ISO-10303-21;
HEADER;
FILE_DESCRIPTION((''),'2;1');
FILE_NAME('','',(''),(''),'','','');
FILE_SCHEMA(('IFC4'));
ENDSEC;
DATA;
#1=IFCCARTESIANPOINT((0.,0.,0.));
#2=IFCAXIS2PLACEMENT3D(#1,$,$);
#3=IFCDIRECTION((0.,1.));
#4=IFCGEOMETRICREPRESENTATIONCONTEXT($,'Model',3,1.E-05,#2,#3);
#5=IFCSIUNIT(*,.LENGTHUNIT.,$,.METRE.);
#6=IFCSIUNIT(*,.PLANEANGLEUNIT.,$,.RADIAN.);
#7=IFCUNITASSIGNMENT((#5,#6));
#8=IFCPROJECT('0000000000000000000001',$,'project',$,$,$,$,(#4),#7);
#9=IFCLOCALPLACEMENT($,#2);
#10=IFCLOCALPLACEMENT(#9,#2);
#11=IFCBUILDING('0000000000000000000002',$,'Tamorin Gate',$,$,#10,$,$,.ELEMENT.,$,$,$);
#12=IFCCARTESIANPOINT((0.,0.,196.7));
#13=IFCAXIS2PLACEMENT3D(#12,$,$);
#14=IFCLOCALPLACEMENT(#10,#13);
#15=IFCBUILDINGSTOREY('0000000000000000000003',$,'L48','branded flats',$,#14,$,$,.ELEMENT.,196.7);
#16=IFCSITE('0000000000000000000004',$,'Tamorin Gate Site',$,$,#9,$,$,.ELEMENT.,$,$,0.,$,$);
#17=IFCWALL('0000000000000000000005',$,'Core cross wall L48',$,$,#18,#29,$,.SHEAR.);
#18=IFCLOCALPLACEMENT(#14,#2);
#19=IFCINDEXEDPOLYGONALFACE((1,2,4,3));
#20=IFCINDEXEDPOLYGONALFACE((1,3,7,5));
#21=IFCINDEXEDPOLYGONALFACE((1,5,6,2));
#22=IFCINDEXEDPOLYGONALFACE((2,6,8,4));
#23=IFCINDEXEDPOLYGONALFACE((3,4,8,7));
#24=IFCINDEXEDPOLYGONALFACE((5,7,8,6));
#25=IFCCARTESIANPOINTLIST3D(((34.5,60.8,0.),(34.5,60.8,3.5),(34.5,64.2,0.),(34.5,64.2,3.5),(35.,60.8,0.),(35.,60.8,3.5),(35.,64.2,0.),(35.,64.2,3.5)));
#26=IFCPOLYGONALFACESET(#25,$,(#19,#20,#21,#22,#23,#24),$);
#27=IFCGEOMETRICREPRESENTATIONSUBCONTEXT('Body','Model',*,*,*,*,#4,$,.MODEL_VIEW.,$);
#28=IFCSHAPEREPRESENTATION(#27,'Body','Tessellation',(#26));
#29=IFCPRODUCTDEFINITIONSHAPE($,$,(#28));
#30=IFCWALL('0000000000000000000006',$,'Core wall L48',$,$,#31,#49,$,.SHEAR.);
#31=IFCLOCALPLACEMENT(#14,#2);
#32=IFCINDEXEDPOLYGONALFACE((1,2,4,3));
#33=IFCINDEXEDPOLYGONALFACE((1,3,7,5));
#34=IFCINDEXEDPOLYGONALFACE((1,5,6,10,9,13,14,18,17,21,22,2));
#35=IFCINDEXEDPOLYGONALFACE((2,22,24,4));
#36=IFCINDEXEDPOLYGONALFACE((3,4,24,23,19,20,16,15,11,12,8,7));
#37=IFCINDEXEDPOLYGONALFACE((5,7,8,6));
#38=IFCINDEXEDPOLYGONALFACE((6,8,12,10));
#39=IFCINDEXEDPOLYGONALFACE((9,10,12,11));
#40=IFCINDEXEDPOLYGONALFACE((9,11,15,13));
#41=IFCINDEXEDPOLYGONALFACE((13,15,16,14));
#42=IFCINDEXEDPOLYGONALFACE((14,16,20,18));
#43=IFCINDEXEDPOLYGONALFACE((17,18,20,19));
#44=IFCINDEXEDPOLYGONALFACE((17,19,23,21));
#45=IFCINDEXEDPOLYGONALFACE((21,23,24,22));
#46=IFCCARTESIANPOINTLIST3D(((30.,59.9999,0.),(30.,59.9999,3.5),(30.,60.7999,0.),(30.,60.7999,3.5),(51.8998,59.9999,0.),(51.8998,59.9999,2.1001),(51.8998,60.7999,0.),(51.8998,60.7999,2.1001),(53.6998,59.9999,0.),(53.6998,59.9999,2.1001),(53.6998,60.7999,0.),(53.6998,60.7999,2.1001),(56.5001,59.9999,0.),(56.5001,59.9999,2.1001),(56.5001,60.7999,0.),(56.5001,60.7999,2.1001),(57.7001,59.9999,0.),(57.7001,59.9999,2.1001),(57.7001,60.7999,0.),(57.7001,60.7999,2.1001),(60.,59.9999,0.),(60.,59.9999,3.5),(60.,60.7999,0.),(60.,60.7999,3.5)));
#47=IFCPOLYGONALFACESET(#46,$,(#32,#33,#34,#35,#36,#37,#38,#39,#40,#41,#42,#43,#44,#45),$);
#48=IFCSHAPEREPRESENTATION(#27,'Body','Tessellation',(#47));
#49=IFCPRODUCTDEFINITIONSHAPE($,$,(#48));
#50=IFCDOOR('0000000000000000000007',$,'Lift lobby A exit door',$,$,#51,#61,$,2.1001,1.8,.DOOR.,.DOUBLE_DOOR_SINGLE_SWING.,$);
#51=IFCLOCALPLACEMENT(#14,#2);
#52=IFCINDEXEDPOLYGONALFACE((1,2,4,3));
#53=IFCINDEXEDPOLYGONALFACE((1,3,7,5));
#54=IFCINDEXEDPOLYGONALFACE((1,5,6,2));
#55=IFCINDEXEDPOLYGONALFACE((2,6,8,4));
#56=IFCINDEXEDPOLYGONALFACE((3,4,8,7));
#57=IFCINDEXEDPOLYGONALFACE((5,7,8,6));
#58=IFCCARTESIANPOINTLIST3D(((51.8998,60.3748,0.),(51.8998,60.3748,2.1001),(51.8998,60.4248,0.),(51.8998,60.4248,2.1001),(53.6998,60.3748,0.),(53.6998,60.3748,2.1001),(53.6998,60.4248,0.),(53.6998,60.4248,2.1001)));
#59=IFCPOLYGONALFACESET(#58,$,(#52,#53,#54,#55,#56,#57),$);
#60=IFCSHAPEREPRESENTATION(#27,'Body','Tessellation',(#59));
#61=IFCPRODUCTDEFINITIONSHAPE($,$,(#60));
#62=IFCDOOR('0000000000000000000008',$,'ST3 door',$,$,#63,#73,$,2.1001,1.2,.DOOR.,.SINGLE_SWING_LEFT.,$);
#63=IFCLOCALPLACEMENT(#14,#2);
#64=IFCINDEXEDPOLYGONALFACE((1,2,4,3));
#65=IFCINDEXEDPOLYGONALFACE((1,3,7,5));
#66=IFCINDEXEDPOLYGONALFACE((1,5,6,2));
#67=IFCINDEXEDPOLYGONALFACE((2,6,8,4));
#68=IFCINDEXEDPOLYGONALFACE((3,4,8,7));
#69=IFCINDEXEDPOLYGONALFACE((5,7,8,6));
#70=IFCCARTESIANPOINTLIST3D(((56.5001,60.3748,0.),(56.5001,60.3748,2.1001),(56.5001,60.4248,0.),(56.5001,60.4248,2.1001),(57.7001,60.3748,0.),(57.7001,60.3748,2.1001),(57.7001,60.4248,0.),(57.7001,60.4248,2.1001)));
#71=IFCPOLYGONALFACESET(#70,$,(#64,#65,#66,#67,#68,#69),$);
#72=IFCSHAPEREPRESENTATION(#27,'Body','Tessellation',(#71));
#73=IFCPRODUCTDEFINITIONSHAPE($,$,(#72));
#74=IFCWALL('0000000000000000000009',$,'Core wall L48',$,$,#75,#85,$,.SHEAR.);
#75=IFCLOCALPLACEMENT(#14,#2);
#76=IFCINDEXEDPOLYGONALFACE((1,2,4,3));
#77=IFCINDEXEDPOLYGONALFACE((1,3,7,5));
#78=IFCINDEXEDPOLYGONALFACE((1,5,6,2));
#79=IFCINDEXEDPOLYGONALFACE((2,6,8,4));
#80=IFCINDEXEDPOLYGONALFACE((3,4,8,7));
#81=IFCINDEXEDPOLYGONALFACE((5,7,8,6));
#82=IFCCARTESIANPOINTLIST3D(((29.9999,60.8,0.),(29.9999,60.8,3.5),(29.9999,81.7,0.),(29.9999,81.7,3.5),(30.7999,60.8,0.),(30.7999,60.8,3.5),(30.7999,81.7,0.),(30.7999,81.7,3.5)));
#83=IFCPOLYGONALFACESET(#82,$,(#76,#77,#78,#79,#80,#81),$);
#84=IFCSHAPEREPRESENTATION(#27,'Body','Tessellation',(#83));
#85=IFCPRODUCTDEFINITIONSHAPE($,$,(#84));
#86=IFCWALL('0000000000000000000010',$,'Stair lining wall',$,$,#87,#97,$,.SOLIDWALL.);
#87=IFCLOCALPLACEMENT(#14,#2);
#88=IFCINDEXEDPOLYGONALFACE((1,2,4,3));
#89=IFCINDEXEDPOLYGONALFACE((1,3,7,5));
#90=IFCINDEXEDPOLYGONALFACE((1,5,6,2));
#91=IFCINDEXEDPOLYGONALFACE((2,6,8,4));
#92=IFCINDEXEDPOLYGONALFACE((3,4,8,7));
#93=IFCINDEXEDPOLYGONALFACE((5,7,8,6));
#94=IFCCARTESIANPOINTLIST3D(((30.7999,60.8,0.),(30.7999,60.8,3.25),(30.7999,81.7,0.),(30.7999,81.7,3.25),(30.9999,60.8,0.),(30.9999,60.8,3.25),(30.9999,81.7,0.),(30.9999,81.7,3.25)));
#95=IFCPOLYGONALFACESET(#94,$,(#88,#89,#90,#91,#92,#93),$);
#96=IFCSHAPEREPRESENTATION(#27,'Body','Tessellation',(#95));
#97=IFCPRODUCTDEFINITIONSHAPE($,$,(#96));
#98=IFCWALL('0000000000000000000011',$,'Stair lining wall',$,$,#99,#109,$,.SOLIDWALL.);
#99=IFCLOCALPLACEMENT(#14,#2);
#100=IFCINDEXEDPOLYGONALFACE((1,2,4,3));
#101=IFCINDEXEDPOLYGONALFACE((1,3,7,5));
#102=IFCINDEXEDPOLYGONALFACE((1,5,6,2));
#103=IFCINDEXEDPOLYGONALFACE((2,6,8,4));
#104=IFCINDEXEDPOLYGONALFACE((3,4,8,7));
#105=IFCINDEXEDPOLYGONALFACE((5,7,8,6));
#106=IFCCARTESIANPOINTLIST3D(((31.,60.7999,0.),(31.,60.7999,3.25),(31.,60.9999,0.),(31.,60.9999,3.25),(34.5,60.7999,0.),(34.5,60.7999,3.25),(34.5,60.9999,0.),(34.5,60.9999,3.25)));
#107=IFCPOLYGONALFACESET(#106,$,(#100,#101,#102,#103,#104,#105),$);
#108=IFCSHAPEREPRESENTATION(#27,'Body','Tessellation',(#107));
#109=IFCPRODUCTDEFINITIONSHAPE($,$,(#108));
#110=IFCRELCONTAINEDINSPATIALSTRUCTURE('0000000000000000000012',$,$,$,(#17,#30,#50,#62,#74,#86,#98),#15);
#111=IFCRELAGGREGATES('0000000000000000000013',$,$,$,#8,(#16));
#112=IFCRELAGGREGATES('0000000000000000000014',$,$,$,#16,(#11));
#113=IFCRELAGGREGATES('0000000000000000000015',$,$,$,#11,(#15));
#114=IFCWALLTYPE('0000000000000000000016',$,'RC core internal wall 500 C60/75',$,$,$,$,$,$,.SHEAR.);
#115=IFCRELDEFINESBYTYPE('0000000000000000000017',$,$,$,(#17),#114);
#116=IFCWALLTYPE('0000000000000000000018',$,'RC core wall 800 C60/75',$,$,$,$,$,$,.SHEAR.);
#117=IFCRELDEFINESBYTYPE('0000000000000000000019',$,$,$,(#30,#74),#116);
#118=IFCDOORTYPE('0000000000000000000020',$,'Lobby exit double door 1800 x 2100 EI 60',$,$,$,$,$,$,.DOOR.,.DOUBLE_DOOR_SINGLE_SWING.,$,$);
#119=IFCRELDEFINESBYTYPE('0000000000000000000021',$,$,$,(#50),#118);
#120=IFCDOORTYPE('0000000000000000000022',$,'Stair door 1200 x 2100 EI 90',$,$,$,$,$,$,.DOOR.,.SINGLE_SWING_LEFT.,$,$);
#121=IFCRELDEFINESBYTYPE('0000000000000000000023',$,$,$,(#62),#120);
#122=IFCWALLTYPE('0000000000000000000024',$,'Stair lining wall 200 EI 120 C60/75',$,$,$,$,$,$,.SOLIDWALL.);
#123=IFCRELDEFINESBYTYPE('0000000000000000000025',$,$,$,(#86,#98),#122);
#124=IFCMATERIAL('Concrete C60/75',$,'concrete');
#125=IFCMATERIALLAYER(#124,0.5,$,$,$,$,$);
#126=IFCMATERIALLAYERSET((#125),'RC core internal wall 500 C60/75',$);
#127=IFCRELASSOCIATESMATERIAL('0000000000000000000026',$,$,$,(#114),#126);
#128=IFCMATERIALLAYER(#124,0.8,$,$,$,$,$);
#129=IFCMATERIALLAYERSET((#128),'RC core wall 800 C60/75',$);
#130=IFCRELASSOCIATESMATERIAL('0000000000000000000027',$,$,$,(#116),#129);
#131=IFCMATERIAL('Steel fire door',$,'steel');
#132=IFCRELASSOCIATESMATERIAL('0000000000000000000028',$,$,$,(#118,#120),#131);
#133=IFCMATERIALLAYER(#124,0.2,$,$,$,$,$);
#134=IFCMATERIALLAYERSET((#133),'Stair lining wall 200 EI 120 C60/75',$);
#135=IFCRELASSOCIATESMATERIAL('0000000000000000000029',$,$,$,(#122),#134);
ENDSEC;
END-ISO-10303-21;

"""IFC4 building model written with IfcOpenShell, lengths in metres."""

from ifc_helpers import new_model, si_unit, direction, frame, frame_2d, origin, place, context, subcontext, project, spatial, rectangle, extrude, material, layer, layer_set, type_object, element, fill, save


model = new_model("IFC4")

# Units and contexts
model_context = context("Model", 3, precision=1e-05, world=origin(), true_north=direction((0.0, 1.0)))
body_context = subcontext(model_context, "Body", "Model", "MODEL_VIEW")
ifc_project = project(units=[si_unit("LENGTHUNIT", "METRE"), si_unit("PLANEANGLEUNIT", "RADIAN")], contexts=[model_context])

# Site, building, storey
site_placement = place(None, origin())
site = spatial("IfcSite", under=ifc_project, at=site_placement, Name="Tamorin Gate Site", CompositionType="ELEMENT", RefElevation=0.0)
building_placement = place(site_placement, origin())
building = spatial("IfcBuilding", under=site, at=building_placement, Name="Tamorin Gate", CompositionType="ELEMENT")
storey_placement = place(building_placement, frame((0.0, 0.0, 196.7)))
storey = spatial("IfcBuildingStorey", under=building, at=storey_placement, Name="L48", Description="branded flats", CompositionType="ELEMENT", Elevation=196.7)

# Shared definitions
ifc_material_1 = material(Name="Concrete C60/75", Category="concrete")

# Wall
ifc_layer_1 = layer(ifc_material_1, 0.5)
ifc_layer_set_1 = layer_set([ifc_layer_1], Name="RC core internal wall 500 C60/75")
wall_type_1 = type_object("IfcWallType", Name="RC core internal wall 500 C60/75", PredefinedType="SHEAR", material=ifc_layer_set_1)
wall_1_placement = place(storey_placement, frame((34.75, 60.8, 0.0), z_axis=(0.0, 0.0, 1.0), x_axis=(0.0, 1.0, 0.0)))
element("IfcWall", 1, at=wall_1_placement, inside=storey, type_object=wall_type_1, Name="Core cross wall L48", PredefinedType="SHEAR", context=body_context, shape_type="SweptSolid", body=[
    extrude(rectangle(XDim=3.3999, YDim=0.5, at=frame_2d((1.7, 0.0))), origin(), (0.0, 0.0, 1.0), 3.5),
])

# Wall, openings, doors
ifc_layer_2 = layer(ifc_material_1, 0.8)
ifc_layer_set_2 = layer_set([ifc_layer_2], Name="RC core wall 800 C60/75")
wall_type_2 = type_object("IfcWallType", Name="RC core wall 800 C60/75", PredefinedType="SHEAR", material=ifc_layer_set_2)
wall_2_placement = place(storey_placement, frame((30.0, 60.3999, 0.0), z_axis=(0.0, 0.0, 1.0), x_axis=(1.0, 0.0, 0.0)))
wall_2 = element("IfcWall", 2, at=wall_2_placement, inside=storey, type_object=wall_type_2, Name="Core wall L48", PredefinedType="SHEAR", context=body_context, shape_type="SweptSolid", body=[
    extrude(rectangle(XDim=30.0, YDim=0.8, at=frame_2d((15.0, 0.0))), origin(), (0.0, 0.0, 1.0), 3.5),
])
opening_1_placement = place(wall_2_placement, frame((21.8999, 0.0, 0.0)))
opening_1 = element("IfcOpeningElement", 3, at=opening_1_placement, cuts=wall_2, PredefinedType="OPENING", context=body_context, shape_type="SweptSolid", body=[
    extrude(rectangle(XDim=1.8, YDim=2.1001, at=frame_2d((0.8999, 1.05))), frame((0.0, 0.4099, 0.0), z_axis=(0.0, -1.0, 0.0), x_axis=(1.0, 0.0, 0.0)), (0.0, 0.0, 1.0), 0.8201),
])
opening_2_placement = place(wall_2_placement, frame((26.5, 0.0, 0.0)))
opening_2 = element("IfcOpeningElement", 4, at=opening_2_placement, cuts=wall_2, PredefinedType="OPENING", context=body_context, shape_type="SweptSolid", body=[
    extrude(rectangle(XDim=1.2, YDim=2.1001, at=frame_2d((0.6001, 1.05))), frame((0.0, 0.4099, 0.0), z_axis=(0.0, -1.0, 0.0), x_axis=(1.0, 0.0, 0.0)), (0.0, 0.0, 1.0), 0.8201),
])
ifc_material_2 = material(Name="Steel fire door", Category="steel")
door_type_1 = type_object("IfcDoorType", Name="Lobby exit double door 1800 x 2100 EI 60", OperationType="DOUBLE_DOOR_SINGLE_SWING", PredefinedType="DOOR", material=ifc_material_2)
door_1_placement = place(opening_1_placement, origin())
door_1 = element("IfcDoor", 5, at=door_1_placement, inside=storey, type_object=door_type_1, Name="Lift lobby A exit door", OperationType="DOUBLE_DOOR_SINGLE_SWING", OverallHeight=2.1001, OverallWidth=1.8, PredefinedType="DOOR", context=body_context, shape_type="SweptSolid", body=[
    extrude(rectangle(XDim=1.8, YDim=2.1001, at=frame_2d((0.8999, 1.05))), frame((0.0, 0.0249, 0.0), z_axis=(0.0, -1.0, 0.0), x_axis=(1.0, 0.0, 0.0)), (0.0, 0.0, 1.0), 0.05),
])
fill(opening_1, door_1)
door_type_2 = type_object("IfcDoorType", Name="Stair door 1200 x 2100 EI 90", OperationType="SINGLE_SWING_LEFT", PredefinedType="DOOR", material=ifc_material_2)
door_2_placement = place(opening_2_placement, origin())
door_2 = element("IfcDoor", 6, at=door_2_placement, inside=storey, type_object=door_type_2, Name="ST3 door", OperationType="SINGLE_SWING_LEFT", OverallHeight=2.1001, OverallWidth=1.2, PredefinedType="DOOR", context=body_context, shape_type="SweptSolid", body=[
    extrude(rectangle(XDim=1.2, YDim=2.1001, at=frame_2d((0.6001, 1.05))), frame((0.0, 0.0249, 0.0), z_axis=(0.0, -1.0, 0.0), x_axis=(1.0, 0.0, 0.0)), (0.0, 0.0, 1.0), 0.05),
])
fill(opening_2, door_2)

# Walls
wall_3_placement = place(storey_placement, frame((30.3999, 60.8, 0.0), z_axis=(0.0, 0.0, 1.0), x_axis=(0.0, 1.0, 0.0)))
element("IfcWall", 7, at=wall_3_placement, inside=storey, type_object=wall_type_2, Name="Core wall L48", PredefinedType="SHEAR", context=body_context, shape_type="SweptSolid", body=[
    extrude(rectangle(XDim=20.8999, YDim=0.8, at=frame_2d((10.45, 0.0))), origin(), (0.0, 0.0, 1.0), 3.5),
])
ifc_layer_3 = layer(ifc_material_1, 0.2)
ifc_layer_set_3 = layer_set([ifc_layer_3], Name="Stair lining wall 200 EI 120 C60/75")
wall_type_3 = type_object("IfcWallType", Name="Stair lining wall 200 EI 120 C60/75", PredefinedType="SOLIDWALL", material=ifc_layer_set_3)
wall_4_placement = place(storey_placement, frame((30.8999, 60.8, 0.0), z_axis=(0.0, 0.0, 1.0), x_axis=(0.0, 1.0, 0.0)))
element("IfcWall", 8, at=wall_4_placement, inside=storey, type_object=wall_type_3, Name="Stair lining wall", PredefinedType="SOLIDWALL", context=body_context, shape_type="SweptSolid", body=[
    extrude(rectangle(XDim=20.8999, YDim=0.2, at=frame_2d((10.45, 0.0))), origin(), (0.0, 0.0, 1.0), 3.25),
])
wall_5_placement = place(storey_placement, frame((31.0, 60.8999, 0.0), z_axis=(0.0, 0.0, 1.0), x_axis=(1.0, 0.0, 0.0)))
element("IfcWall", 9, at=wall_5_placement, inside=storey, type_object=wall_type_3, Name="Stair lining wall", PredefinedType="SOLIDWALL", context=body_context, shape_type="SweptSolid", body=[
    extrude(rectangle(XDim=3.5, YDim=0.2, at=frame_2d((1.75, 0.0))), origin(), (0.0, 0.0, 1.0), 3.25),
])

save(model, "model.ifc")
